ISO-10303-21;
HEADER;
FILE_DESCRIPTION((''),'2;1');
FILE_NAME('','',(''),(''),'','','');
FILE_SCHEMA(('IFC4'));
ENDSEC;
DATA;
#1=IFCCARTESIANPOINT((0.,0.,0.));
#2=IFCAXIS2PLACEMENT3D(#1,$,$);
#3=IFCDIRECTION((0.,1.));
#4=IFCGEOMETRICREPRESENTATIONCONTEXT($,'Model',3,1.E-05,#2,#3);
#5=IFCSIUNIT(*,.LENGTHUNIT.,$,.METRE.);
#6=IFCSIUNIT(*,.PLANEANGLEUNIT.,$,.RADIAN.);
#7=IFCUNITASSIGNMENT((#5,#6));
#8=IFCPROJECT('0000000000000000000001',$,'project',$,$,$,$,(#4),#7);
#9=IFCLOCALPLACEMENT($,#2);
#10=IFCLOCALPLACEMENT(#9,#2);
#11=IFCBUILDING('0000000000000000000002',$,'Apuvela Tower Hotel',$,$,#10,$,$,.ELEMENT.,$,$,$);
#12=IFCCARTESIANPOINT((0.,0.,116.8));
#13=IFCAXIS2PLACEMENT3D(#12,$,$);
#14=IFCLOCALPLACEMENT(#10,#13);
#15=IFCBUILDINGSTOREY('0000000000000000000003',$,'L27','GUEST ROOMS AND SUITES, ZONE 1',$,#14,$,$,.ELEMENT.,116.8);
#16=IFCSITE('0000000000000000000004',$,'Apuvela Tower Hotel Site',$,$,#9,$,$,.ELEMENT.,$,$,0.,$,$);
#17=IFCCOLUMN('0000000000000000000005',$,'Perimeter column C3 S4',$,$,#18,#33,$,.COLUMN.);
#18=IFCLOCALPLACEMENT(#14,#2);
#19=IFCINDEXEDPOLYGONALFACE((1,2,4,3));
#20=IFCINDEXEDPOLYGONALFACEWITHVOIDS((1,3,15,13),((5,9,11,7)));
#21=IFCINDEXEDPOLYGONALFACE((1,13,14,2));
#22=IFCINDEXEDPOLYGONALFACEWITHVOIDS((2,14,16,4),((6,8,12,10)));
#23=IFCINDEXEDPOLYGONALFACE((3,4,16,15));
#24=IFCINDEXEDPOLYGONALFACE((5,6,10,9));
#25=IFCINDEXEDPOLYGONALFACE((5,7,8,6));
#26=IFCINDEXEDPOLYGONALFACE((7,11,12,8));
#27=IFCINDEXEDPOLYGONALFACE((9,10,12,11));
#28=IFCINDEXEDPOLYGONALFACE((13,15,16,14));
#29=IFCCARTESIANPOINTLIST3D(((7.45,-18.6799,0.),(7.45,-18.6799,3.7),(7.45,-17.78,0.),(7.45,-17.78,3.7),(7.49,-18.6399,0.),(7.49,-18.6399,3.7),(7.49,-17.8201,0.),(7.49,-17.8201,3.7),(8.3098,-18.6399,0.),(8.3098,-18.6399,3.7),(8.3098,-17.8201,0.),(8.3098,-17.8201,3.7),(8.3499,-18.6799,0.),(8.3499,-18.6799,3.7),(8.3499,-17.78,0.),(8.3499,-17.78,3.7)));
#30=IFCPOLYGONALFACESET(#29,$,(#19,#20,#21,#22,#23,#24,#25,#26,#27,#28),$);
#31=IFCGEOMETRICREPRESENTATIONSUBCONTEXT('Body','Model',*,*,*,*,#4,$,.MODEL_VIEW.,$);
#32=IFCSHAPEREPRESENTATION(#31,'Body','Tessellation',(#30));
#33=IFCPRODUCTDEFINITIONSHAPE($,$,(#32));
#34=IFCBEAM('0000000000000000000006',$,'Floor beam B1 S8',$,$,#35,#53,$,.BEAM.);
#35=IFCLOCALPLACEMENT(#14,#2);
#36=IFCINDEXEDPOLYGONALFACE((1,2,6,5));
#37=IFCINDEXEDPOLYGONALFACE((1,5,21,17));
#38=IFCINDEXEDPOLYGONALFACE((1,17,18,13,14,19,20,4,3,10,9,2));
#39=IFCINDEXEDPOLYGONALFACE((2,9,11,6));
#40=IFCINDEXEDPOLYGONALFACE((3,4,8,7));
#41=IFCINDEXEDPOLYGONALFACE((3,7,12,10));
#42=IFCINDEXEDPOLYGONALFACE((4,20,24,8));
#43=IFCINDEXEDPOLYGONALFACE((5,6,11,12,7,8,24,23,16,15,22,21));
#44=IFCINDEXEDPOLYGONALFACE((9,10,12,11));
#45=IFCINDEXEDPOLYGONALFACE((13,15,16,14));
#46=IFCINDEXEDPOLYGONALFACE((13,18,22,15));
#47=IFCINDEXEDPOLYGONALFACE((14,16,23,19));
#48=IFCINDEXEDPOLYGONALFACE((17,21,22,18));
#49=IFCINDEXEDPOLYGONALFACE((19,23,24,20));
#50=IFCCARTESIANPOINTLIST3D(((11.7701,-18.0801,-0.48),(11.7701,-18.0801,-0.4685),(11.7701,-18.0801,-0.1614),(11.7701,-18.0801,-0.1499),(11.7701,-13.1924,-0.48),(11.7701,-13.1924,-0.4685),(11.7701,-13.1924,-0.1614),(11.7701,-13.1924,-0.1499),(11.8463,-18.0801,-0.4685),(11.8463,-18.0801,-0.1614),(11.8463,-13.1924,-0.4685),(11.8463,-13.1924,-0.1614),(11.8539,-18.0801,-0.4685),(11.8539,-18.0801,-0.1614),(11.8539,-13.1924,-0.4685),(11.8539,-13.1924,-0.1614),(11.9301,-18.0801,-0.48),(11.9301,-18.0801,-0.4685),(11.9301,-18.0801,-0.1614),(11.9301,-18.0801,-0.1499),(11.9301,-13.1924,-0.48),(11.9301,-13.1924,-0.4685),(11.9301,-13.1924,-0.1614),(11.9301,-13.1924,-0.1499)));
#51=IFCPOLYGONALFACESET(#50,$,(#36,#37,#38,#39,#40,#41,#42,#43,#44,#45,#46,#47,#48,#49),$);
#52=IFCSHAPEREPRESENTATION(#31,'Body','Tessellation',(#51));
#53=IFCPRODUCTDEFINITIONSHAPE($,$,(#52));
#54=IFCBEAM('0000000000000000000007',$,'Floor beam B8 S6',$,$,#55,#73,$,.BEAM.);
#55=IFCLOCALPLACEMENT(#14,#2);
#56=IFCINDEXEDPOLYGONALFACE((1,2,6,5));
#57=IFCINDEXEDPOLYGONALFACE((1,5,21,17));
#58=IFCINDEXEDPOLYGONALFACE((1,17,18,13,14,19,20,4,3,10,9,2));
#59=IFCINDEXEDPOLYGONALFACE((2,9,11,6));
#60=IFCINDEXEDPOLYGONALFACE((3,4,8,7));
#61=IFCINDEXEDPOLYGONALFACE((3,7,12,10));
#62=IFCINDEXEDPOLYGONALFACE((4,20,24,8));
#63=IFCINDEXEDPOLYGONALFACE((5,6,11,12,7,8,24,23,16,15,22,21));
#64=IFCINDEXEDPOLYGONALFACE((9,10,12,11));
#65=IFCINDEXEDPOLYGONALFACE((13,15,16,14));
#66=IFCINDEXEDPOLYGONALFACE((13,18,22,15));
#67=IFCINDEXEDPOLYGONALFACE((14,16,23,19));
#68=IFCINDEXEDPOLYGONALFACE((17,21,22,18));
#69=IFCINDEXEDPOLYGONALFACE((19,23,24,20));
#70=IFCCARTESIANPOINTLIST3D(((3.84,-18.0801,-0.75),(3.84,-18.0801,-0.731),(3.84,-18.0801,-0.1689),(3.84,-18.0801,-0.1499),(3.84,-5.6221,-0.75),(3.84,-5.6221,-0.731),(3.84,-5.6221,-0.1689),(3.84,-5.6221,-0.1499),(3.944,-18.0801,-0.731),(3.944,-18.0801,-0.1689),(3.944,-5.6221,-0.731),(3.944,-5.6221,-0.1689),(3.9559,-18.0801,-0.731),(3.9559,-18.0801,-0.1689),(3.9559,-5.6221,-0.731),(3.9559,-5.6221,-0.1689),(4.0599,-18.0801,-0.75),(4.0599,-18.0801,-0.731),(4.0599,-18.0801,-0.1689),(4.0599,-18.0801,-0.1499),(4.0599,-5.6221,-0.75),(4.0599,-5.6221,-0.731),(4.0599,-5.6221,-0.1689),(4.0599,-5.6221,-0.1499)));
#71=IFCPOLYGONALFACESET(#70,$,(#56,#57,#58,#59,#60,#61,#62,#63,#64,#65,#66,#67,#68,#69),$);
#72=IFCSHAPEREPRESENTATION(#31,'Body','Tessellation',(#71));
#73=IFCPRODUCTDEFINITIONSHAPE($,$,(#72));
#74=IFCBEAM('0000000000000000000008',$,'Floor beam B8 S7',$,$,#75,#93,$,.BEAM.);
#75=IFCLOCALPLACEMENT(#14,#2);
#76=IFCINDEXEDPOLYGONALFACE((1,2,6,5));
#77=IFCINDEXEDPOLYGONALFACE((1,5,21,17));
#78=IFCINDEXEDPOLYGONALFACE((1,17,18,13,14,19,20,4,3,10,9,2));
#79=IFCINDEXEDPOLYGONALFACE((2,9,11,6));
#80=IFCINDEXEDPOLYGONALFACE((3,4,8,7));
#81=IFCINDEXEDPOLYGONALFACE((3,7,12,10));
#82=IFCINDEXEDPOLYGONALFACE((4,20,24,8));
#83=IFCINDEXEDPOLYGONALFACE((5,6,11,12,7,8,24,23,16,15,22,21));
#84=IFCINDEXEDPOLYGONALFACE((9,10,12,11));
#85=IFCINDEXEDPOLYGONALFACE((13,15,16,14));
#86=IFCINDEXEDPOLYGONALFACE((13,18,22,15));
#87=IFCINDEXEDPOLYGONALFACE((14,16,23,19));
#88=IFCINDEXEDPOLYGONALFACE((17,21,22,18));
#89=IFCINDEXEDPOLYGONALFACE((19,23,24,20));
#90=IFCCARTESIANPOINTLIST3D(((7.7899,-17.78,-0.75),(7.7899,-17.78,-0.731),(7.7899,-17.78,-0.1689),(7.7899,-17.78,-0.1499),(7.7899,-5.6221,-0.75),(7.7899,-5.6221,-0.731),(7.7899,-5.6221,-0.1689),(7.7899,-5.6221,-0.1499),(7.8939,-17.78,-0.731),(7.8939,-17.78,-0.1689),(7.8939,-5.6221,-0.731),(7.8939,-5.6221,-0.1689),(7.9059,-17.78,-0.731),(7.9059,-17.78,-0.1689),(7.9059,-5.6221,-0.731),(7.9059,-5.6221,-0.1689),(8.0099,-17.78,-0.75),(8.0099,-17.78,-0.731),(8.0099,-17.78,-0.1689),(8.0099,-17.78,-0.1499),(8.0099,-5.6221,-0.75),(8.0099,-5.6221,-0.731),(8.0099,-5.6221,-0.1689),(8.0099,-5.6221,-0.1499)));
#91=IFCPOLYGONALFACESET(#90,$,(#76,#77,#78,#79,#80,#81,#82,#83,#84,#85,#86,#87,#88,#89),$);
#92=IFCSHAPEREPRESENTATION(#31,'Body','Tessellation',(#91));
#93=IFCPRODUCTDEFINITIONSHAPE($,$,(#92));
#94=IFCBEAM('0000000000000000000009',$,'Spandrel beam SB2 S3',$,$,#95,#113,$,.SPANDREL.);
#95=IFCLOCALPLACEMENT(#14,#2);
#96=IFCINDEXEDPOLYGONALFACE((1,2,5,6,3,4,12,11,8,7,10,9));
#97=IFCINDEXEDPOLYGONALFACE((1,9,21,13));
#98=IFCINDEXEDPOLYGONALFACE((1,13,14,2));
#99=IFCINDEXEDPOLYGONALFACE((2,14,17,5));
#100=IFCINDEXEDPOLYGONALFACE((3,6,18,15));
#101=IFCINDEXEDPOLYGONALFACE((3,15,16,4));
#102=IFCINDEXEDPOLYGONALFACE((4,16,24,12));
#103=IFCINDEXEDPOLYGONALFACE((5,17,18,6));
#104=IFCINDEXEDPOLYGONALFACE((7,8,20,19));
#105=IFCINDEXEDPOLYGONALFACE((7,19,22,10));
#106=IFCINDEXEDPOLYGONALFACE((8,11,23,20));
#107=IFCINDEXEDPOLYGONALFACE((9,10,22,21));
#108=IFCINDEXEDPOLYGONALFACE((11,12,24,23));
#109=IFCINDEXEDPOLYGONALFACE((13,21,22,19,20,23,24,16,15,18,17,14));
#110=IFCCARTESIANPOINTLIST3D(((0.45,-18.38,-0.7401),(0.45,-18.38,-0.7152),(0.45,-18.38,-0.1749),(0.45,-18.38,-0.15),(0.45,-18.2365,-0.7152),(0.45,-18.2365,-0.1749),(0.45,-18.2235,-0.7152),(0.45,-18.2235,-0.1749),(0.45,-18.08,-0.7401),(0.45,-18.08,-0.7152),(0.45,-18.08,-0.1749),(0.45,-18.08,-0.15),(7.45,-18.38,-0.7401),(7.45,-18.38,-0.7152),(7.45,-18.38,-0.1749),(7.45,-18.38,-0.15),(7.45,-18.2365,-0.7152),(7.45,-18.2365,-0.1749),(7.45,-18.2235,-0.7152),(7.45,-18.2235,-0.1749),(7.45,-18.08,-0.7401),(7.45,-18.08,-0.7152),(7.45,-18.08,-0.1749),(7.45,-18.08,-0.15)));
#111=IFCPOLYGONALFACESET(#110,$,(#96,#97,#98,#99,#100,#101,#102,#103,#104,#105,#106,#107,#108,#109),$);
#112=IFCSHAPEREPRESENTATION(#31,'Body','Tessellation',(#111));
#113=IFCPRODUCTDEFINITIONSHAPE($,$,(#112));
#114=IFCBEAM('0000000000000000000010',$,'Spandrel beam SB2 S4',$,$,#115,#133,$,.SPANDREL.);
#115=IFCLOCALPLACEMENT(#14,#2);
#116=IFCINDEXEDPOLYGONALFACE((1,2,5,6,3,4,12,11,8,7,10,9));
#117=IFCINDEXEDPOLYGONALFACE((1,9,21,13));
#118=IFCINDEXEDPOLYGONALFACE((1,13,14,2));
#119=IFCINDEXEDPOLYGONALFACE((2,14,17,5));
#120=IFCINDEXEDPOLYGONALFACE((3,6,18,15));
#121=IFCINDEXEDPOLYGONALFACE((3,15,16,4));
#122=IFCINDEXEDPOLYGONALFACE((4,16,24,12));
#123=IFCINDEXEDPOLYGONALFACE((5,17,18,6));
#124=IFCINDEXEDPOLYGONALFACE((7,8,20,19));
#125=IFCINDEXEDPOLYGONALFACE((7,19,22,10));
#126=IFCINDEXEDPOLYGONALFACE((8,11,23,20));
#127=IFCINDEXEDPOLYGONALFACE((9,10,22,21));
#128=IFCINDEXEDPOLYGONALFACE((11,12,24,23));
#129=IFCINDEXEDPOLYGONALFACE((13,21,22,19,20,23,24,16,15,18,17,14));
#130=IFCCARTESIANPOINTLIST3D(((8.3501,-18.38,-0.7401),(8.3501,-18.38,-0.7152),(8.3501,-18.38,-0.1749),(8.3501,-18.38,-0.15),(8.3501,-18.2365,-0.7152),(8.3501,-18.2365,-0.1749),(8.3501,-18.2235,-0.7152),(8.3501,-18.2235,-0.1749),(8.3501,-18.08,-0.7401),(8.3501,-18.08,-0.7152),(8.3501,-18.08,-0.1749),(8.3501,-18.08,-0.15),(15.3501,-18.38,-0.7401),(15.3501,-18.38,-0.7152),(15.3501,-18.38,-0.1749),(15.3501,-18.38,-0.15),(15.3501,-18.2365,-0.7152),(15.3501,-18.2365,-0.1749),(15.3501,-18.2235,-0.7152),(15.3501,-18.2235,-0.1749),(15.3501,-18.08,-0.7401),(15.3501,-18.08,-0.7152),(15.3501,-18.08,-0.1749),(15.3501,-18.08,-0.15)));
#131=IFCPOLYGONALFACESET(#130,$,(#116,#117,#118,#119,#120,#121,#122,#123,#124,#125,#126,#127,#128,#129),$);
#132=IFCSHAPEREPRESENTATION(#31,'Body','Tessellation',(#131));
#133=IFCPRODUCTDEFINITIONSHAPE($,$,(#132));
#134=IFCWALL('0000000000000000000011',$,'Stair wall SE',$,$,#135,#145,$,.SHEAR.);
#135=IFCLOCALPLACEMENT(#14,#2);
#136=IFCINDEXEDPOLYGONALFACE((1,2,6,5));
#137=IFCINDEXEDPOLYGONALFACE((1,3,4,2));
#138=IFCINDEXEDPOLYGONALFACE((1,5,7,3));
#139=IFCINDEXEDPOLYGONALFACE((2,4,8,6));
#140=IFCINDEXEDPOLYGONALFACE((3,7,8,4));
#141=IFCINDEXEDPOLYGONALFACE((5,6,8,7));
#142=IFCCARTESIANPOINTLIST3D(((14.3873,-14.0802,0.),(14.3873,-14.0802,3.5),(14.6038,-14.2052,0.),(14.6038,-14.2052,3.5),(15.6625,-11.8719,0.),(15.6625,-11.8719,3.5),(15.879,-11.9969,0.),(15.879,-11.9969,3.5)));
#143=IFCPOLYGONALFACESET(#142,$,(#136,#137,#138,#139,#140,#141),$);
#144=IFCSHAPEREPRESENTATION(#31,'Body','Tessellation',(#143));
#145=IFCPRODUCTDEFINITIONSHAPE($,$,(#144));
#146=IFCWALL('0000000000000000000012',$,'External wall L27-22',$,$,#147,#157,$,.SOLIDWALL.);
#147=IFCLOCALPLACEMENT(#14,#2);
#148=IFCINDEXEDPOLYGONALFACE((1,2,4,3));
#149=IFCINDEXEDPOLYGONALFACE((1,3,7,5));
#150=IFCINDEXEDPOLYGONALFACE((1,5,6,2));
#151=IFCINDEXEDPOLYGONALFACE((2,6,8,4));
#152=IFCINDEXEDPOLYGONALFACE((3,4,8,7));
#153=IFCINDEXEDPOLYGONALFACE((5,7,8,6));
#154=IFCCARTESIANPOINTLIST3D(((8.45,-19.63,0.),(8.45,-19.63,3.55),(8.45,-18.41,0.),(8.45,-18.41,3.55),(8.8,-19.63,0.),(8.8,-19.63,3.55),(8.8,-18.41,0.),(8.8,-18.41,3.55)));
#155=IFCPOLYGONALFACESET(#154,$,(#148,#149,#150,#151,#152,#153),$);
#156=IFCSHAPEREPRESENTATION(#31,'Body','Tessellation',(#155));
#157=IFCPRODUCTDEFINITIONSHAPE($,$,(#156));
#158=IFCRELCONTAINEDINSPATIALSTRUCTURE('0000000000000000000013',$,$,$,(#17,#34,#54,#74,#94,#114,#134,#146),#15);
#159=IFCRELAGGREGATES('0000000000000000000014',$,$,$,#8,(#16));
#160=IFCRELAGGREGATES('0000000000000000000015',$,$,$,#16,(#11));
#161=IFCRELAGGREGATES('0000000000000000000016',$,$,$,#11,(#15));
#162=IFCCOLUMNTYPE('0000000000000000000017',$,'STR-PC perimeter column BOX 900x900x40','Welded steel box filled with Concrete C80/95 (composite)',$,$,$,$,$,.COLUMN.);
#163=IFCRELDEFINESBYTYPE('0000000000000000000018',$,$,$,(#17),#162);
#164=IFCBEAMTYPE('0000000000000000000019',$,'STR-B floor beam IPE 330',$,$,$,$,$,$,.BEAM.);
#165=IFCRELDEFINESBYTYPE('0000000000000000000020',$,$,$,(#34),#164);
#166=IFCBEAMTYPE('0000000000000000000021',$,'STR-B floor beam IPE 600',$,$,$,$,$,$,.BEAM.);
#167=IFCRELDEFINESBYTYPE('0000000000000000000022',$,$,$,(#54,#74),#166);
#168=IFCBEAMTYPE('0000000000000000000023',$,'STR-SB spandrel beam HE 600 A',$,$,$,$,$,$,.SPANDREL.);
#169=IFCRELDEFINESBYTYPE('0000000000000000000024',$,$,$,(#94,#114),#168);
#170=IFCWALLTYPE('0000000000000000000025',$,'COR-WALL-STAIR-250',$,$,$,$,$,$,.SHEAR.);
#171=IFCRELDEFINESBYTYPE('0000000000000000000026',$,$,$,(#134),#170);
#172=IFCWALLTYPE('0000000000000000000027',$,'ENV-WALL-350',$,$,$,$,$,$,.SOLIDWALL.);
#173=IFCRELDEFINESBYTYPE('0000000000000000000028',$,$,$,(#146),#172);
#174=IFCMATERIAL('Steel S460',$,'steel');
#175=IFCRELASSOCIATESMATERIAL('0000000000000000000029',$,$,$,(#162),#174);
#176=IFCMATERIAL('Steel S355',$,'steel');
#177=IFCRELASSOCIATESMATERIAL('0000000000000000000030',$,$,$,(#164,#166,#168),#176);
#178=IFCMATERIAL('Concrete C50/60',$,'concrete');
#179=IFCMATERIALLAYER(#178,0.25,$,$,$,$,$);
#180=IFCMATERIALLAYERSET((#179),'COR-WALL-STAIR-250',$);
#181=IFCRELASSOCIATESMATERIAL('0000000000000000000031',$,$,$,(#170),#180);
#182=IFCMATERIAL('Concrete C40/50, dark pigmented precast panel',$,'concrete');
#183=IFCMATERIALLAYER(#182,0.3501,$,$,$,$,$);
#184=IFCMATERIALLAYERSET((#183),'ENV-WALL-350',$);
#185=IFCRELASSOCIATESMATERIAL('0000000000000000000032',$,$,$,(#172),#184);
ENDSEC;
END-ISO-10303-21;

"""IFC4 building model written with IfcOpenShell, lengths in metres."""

from ifc_helpers import new_model, si_unit, direction, frame, frame_2d, origin, origin_2d, place, context, subcontext, project, spatial, rectangle, hollow_rectangle, i_section, extrude, material, layer, layer_set, material_profile, profile_set, type_object, element, save


model = new_model("IFC4")

# Units and contexts
model_context = context("Model", 3, precision=1e-05, world=origin(), true_north=direction((0.0, 1.0)))
body_context = subcontext(model_context, "Body", "Model", "MODEL_VIEW")
ifc_project = project(units=[si_unit("LENGTHUNIT", "METRE"), si_unit("PLANEANGLEUNIT", "RADIAN")], contexts=[model_context])

# Site, building, storey
site_placement = place(None, origin())
site = spatial("IfcSite", under=ifc_project, at=site_placement, Name="Apuvela Tower Hotel Site", CompositionType="ELEMENT", RefElevation=0.0)
building_placement = place(site_placement, origin())
building = spatial("IfcBuilding", under=site, at=building_placement, Name="Apuvela Tower Hotel", CompositionType="ELEMENT")
storey_placement = place(building_placement, frame((0.0, 0.0, 116.8)))
storey = spatial("IfcBuildingStorey", under=building, at=storey_placement, Name="L27", Description="GUEST ROOMS AND SUITES, ZONE 1", CompositionType="ELEMENT", Elevation=116.8)

# Column
ifc_material_1 = material(Name="Steel S460", Category="steel")
ifc_material_profile_1 = material_profile(ifc_material_1, hollow_rectangle(XDim=0.8999, YDim=0.8999, WallThickness=0.04, at=origin_2d()), Name="BOX 900x900x40")
ifc_material_2 = material(Name="Concrete C80/95", Category="concrete")
ifc_material_profile_2 = material_profile(ifc_material_2, rectangle(XDim=0.8201, YDim=0.8201, at=origin_2d()), Name="Concrete C80/95 infill")
ifc_profile_set_1 = profile_set([ifc_material_profile_1, ifc_material_profile_2], Name="Steel S460")
column_type = type_object("IfcColumnType", Name="STR-PC perimeter column BOX 900x900x40", Description="Welded steel box filled with Concrete C80/95 (composite)", PredefinedType="COLUMN", material=ifc_profile_set_1)
column_placement = place(storey_placement, frame((7.8999, -18.23, 0.0), z_axis=(0.0, 0.0, 1.0), x_axis=(-1.0, 0.0, 0.0)))
element("IfcColumn", 1, at=column_placement, inside=storey, type_object=column_type, Name="Perimeter column C3 S4", PredefinedType="COLUMN", context=body_context, shape_type="SweptSolid", body=[
    extrude(hollow_rectangle(XDim=0.8999, YDim=0.8999, WallThickness=0.04, at=origin_2d()), origin(), (0.0, 0.0, 1.0), 3.7),
])

# Beams
ifc_material_3 = material(Name="Steel S355", Category="steel")
ifc_material_profile_3 = material_profile(ifc_material_3, i_section(OverallWidth=0.1599, OverallDepth=0.3301, WebThickness=0.0076, FlangeThickness=0.0115, at=origin_2d()), Name="IPE 330")
ifc_profile_set_2 = profile_set([ifc_material_profile_3], Name="Steel S355")
beam_type_1 = type_object("IfcBeamType", Name="STR-B floor beam IPE 330", PredefinedType="BEAM", material=ifc_profile_set_2)
beam_1_placement = place(storey_placement, frame((11.8501, -18.0801, -0.3149), z_axis=(0.0, 1.0, 0.0), x_axis=(-1.0, 0.0, 0.0)))
element("IfcBeam", 2, at=beam_1_placement, inside=storey, type_object=beam_type_1, Name="Floor beam B1 S8", PredefinedType="BEAM", context=body_context, shape_type="SweptSolid", body=[
    extrude(i_section(OverallWidth=0.1599, OverallDepth=0.3301, WebThickness=0.0076, FlangeThickness=0.0115, at=origin_2d()), origin(), (0.0, 0.0, 1.0), 4.8877),
])
ifc_material_profile_4 = material_profile(ifc_material_3, i_section(OverallWidth=0.22, OverallDepth=0.6001, WebThickness=0.012, FlangeThickness=0.019, at=origin_2d()), Name="IPE 600")
ifc_profile_set_3 = profile_set([ifc_material_profile_4], Name="Steel S355")
beam_type_2 = type_object("IfcBeamType", Name="STR-B floor beam IPE 600", PredefinedType="BEAM", material=ifc_profile_set_3)
beam_2_placement = place(storey_placement, frame((3.95, -18.0801, -0.45), z_axis=(0.0, 1.0, 0.0), x_axis=(-1.0, 0.0, 0.0)))
element("IfcBeam", 3, at=beam_2_placement, inside=storey, type_object=beam_type_2, Name="Floor beam B8 S6", PredefinedType="BEAM", context=body_context, shape_type="SweptSolid", body=[
    extrude(i_section(OverallWidth=0.22, OverallDepth=0.6001, WebThickness=0.012, FlangeThickness=0.019, at=origin_2d()), origin(), (0.0, 0.0, 1.0), 12.458),
])
beam_3_placement = place(storey_placement, frame((7.8999, -17.78, -0.45), z_axis=(0.0, 1.0, 0.0), x_axis=(-1.0, 0.0, 0.0)))
element("IfcBeam", 4, at=beam_3_placement, inside=storey, type_object=beam_type_2, Name="Floor beam B8 S7", PredefinedType="BEAM", context=body_context, shape_type="SweptSolid", body=[
    extrude(i_section(OverallWidth=0.22, OverallDepth=0.6001, WebThickness=0.012, FlangeThickness=0.019, at=origin_2d()), origin(), (0.0, 0.0, 1.0), 12.158),
])
ifc_material_profile_5 = material_profile(ifc_material_3, i_section(OverallWidth=0.3, OverallDepth=0.5901, WebThickness=0.0129, FlangeThickness=0.0249, at=origin_2d()), Name="HE 600 A")
ifc_profile_set_4 = profile_set([ifc_material_profile_5], Name="Steel S355")
beam_type_3 = type_object("IfcBeamType", Name="STR-SB spandrel beam HE 600 A", PredefinedType="SPANDREL", material=ifc_profile_set_4)
for number, where, z_axis, x_axis, name in (
    (5, (0.45, -18.23, -0.4451), (1.0, 0.0, 0.0), (0.0, 1.0, 0.0), "Spandrel beam SB2 S3"),
    (6, (8.3501, -18.23, -0.4451), (1.0, 0.0, 0.0), (0.0, 1.0, 0.0), "Spandrel beam SB2 S4"),
):
    element("IfcBeam", number, at=place(storey_placement, frame(where, z_axis=z_axis, x_axis=x_axis)), inside=storey, type_object=beam_type_3, Name=name, PredefinedType="SPANDREL", context=body_context, shape_type="SweptSolid", body=[
        extrude(i_section(OverallWidth=0.3, OverallDepth=0.5901, WebThickness=0.0129, FlangeThickness=0.0249, at=origin_2d()), origin(), (0.0, 0.0, 1.0), 7.0),
    ])

# Walls
ifc_material_4 = material(Name="Concrete C50/60", Category="concrete")
ifc_layer_1 = layer(ifc_material_4, 0.25)
ifc_layer_set_1 = layer_set([ifc_layer_1], Name="COR-WALL-STAIR-250")
wall_type_1 = type_object("IfcWallType", Name="COR-WALL-STAIR-250", PredefinedType="SHEAR", material=ifc_layer_set_1)
wall_1_placement = place(storey_placement, frame((14.4956, -14.1426, 0.0), z_axis=(0.0, 0.0, 1.0), x_axis=(0.500062, 0.865989, 0.0)))
element("IfcWall", 7, at=wall_1_placement, inside=storey, type_object=wall_type_1, Name="Stair wall SE", PredefinedType="SHEAR", context=body_context, shape_type="SweptSolid", body=[
    extrude(rectangle(XDim=2.55, YDim=0.25, at=frame_2d((1.2749, 0.0))), origin(), (0.0, 0.0, 1.0), 3.5),
])
ifc_material_5 = material(Name="Concrete C40/50, dark pigmented precast panel", Category="concrete")
ifc_layer_2 = layer(ifc_material_5, 0.3501)
ifc_layer_set_2 = layer_set([ifc_layer_2], Name="ENV-WALL-350")
wall_type_2 = type_object("IfcWallType", Name="ENV-WALL-350", PredefinedType="SOLIDWALL", material=ifc_layer_set_2)
wall_2_placement = place(storey_placement, frame((8.625, -19.6299, 0.0), z_axis=(0.0, 0.0, 1.0), x_axis=(0.0, 1.0, 0.0)))
element("IfcWall", 8, at=wall_2_placement, inside=storey, type_object=wall_type_2, Name="External wall L27-22", PredefinedType="SOLIDWALL", context=body_context, shape_type="SweptSolid", body=[
    extrude(rectangle(XDim=1.22, YDim=0.3501, at=frame_2d((0.6099, 0.0))), origin(), (0.0, 0.0, 1.0), 3.55),
])

save(model, "model.ifc")
